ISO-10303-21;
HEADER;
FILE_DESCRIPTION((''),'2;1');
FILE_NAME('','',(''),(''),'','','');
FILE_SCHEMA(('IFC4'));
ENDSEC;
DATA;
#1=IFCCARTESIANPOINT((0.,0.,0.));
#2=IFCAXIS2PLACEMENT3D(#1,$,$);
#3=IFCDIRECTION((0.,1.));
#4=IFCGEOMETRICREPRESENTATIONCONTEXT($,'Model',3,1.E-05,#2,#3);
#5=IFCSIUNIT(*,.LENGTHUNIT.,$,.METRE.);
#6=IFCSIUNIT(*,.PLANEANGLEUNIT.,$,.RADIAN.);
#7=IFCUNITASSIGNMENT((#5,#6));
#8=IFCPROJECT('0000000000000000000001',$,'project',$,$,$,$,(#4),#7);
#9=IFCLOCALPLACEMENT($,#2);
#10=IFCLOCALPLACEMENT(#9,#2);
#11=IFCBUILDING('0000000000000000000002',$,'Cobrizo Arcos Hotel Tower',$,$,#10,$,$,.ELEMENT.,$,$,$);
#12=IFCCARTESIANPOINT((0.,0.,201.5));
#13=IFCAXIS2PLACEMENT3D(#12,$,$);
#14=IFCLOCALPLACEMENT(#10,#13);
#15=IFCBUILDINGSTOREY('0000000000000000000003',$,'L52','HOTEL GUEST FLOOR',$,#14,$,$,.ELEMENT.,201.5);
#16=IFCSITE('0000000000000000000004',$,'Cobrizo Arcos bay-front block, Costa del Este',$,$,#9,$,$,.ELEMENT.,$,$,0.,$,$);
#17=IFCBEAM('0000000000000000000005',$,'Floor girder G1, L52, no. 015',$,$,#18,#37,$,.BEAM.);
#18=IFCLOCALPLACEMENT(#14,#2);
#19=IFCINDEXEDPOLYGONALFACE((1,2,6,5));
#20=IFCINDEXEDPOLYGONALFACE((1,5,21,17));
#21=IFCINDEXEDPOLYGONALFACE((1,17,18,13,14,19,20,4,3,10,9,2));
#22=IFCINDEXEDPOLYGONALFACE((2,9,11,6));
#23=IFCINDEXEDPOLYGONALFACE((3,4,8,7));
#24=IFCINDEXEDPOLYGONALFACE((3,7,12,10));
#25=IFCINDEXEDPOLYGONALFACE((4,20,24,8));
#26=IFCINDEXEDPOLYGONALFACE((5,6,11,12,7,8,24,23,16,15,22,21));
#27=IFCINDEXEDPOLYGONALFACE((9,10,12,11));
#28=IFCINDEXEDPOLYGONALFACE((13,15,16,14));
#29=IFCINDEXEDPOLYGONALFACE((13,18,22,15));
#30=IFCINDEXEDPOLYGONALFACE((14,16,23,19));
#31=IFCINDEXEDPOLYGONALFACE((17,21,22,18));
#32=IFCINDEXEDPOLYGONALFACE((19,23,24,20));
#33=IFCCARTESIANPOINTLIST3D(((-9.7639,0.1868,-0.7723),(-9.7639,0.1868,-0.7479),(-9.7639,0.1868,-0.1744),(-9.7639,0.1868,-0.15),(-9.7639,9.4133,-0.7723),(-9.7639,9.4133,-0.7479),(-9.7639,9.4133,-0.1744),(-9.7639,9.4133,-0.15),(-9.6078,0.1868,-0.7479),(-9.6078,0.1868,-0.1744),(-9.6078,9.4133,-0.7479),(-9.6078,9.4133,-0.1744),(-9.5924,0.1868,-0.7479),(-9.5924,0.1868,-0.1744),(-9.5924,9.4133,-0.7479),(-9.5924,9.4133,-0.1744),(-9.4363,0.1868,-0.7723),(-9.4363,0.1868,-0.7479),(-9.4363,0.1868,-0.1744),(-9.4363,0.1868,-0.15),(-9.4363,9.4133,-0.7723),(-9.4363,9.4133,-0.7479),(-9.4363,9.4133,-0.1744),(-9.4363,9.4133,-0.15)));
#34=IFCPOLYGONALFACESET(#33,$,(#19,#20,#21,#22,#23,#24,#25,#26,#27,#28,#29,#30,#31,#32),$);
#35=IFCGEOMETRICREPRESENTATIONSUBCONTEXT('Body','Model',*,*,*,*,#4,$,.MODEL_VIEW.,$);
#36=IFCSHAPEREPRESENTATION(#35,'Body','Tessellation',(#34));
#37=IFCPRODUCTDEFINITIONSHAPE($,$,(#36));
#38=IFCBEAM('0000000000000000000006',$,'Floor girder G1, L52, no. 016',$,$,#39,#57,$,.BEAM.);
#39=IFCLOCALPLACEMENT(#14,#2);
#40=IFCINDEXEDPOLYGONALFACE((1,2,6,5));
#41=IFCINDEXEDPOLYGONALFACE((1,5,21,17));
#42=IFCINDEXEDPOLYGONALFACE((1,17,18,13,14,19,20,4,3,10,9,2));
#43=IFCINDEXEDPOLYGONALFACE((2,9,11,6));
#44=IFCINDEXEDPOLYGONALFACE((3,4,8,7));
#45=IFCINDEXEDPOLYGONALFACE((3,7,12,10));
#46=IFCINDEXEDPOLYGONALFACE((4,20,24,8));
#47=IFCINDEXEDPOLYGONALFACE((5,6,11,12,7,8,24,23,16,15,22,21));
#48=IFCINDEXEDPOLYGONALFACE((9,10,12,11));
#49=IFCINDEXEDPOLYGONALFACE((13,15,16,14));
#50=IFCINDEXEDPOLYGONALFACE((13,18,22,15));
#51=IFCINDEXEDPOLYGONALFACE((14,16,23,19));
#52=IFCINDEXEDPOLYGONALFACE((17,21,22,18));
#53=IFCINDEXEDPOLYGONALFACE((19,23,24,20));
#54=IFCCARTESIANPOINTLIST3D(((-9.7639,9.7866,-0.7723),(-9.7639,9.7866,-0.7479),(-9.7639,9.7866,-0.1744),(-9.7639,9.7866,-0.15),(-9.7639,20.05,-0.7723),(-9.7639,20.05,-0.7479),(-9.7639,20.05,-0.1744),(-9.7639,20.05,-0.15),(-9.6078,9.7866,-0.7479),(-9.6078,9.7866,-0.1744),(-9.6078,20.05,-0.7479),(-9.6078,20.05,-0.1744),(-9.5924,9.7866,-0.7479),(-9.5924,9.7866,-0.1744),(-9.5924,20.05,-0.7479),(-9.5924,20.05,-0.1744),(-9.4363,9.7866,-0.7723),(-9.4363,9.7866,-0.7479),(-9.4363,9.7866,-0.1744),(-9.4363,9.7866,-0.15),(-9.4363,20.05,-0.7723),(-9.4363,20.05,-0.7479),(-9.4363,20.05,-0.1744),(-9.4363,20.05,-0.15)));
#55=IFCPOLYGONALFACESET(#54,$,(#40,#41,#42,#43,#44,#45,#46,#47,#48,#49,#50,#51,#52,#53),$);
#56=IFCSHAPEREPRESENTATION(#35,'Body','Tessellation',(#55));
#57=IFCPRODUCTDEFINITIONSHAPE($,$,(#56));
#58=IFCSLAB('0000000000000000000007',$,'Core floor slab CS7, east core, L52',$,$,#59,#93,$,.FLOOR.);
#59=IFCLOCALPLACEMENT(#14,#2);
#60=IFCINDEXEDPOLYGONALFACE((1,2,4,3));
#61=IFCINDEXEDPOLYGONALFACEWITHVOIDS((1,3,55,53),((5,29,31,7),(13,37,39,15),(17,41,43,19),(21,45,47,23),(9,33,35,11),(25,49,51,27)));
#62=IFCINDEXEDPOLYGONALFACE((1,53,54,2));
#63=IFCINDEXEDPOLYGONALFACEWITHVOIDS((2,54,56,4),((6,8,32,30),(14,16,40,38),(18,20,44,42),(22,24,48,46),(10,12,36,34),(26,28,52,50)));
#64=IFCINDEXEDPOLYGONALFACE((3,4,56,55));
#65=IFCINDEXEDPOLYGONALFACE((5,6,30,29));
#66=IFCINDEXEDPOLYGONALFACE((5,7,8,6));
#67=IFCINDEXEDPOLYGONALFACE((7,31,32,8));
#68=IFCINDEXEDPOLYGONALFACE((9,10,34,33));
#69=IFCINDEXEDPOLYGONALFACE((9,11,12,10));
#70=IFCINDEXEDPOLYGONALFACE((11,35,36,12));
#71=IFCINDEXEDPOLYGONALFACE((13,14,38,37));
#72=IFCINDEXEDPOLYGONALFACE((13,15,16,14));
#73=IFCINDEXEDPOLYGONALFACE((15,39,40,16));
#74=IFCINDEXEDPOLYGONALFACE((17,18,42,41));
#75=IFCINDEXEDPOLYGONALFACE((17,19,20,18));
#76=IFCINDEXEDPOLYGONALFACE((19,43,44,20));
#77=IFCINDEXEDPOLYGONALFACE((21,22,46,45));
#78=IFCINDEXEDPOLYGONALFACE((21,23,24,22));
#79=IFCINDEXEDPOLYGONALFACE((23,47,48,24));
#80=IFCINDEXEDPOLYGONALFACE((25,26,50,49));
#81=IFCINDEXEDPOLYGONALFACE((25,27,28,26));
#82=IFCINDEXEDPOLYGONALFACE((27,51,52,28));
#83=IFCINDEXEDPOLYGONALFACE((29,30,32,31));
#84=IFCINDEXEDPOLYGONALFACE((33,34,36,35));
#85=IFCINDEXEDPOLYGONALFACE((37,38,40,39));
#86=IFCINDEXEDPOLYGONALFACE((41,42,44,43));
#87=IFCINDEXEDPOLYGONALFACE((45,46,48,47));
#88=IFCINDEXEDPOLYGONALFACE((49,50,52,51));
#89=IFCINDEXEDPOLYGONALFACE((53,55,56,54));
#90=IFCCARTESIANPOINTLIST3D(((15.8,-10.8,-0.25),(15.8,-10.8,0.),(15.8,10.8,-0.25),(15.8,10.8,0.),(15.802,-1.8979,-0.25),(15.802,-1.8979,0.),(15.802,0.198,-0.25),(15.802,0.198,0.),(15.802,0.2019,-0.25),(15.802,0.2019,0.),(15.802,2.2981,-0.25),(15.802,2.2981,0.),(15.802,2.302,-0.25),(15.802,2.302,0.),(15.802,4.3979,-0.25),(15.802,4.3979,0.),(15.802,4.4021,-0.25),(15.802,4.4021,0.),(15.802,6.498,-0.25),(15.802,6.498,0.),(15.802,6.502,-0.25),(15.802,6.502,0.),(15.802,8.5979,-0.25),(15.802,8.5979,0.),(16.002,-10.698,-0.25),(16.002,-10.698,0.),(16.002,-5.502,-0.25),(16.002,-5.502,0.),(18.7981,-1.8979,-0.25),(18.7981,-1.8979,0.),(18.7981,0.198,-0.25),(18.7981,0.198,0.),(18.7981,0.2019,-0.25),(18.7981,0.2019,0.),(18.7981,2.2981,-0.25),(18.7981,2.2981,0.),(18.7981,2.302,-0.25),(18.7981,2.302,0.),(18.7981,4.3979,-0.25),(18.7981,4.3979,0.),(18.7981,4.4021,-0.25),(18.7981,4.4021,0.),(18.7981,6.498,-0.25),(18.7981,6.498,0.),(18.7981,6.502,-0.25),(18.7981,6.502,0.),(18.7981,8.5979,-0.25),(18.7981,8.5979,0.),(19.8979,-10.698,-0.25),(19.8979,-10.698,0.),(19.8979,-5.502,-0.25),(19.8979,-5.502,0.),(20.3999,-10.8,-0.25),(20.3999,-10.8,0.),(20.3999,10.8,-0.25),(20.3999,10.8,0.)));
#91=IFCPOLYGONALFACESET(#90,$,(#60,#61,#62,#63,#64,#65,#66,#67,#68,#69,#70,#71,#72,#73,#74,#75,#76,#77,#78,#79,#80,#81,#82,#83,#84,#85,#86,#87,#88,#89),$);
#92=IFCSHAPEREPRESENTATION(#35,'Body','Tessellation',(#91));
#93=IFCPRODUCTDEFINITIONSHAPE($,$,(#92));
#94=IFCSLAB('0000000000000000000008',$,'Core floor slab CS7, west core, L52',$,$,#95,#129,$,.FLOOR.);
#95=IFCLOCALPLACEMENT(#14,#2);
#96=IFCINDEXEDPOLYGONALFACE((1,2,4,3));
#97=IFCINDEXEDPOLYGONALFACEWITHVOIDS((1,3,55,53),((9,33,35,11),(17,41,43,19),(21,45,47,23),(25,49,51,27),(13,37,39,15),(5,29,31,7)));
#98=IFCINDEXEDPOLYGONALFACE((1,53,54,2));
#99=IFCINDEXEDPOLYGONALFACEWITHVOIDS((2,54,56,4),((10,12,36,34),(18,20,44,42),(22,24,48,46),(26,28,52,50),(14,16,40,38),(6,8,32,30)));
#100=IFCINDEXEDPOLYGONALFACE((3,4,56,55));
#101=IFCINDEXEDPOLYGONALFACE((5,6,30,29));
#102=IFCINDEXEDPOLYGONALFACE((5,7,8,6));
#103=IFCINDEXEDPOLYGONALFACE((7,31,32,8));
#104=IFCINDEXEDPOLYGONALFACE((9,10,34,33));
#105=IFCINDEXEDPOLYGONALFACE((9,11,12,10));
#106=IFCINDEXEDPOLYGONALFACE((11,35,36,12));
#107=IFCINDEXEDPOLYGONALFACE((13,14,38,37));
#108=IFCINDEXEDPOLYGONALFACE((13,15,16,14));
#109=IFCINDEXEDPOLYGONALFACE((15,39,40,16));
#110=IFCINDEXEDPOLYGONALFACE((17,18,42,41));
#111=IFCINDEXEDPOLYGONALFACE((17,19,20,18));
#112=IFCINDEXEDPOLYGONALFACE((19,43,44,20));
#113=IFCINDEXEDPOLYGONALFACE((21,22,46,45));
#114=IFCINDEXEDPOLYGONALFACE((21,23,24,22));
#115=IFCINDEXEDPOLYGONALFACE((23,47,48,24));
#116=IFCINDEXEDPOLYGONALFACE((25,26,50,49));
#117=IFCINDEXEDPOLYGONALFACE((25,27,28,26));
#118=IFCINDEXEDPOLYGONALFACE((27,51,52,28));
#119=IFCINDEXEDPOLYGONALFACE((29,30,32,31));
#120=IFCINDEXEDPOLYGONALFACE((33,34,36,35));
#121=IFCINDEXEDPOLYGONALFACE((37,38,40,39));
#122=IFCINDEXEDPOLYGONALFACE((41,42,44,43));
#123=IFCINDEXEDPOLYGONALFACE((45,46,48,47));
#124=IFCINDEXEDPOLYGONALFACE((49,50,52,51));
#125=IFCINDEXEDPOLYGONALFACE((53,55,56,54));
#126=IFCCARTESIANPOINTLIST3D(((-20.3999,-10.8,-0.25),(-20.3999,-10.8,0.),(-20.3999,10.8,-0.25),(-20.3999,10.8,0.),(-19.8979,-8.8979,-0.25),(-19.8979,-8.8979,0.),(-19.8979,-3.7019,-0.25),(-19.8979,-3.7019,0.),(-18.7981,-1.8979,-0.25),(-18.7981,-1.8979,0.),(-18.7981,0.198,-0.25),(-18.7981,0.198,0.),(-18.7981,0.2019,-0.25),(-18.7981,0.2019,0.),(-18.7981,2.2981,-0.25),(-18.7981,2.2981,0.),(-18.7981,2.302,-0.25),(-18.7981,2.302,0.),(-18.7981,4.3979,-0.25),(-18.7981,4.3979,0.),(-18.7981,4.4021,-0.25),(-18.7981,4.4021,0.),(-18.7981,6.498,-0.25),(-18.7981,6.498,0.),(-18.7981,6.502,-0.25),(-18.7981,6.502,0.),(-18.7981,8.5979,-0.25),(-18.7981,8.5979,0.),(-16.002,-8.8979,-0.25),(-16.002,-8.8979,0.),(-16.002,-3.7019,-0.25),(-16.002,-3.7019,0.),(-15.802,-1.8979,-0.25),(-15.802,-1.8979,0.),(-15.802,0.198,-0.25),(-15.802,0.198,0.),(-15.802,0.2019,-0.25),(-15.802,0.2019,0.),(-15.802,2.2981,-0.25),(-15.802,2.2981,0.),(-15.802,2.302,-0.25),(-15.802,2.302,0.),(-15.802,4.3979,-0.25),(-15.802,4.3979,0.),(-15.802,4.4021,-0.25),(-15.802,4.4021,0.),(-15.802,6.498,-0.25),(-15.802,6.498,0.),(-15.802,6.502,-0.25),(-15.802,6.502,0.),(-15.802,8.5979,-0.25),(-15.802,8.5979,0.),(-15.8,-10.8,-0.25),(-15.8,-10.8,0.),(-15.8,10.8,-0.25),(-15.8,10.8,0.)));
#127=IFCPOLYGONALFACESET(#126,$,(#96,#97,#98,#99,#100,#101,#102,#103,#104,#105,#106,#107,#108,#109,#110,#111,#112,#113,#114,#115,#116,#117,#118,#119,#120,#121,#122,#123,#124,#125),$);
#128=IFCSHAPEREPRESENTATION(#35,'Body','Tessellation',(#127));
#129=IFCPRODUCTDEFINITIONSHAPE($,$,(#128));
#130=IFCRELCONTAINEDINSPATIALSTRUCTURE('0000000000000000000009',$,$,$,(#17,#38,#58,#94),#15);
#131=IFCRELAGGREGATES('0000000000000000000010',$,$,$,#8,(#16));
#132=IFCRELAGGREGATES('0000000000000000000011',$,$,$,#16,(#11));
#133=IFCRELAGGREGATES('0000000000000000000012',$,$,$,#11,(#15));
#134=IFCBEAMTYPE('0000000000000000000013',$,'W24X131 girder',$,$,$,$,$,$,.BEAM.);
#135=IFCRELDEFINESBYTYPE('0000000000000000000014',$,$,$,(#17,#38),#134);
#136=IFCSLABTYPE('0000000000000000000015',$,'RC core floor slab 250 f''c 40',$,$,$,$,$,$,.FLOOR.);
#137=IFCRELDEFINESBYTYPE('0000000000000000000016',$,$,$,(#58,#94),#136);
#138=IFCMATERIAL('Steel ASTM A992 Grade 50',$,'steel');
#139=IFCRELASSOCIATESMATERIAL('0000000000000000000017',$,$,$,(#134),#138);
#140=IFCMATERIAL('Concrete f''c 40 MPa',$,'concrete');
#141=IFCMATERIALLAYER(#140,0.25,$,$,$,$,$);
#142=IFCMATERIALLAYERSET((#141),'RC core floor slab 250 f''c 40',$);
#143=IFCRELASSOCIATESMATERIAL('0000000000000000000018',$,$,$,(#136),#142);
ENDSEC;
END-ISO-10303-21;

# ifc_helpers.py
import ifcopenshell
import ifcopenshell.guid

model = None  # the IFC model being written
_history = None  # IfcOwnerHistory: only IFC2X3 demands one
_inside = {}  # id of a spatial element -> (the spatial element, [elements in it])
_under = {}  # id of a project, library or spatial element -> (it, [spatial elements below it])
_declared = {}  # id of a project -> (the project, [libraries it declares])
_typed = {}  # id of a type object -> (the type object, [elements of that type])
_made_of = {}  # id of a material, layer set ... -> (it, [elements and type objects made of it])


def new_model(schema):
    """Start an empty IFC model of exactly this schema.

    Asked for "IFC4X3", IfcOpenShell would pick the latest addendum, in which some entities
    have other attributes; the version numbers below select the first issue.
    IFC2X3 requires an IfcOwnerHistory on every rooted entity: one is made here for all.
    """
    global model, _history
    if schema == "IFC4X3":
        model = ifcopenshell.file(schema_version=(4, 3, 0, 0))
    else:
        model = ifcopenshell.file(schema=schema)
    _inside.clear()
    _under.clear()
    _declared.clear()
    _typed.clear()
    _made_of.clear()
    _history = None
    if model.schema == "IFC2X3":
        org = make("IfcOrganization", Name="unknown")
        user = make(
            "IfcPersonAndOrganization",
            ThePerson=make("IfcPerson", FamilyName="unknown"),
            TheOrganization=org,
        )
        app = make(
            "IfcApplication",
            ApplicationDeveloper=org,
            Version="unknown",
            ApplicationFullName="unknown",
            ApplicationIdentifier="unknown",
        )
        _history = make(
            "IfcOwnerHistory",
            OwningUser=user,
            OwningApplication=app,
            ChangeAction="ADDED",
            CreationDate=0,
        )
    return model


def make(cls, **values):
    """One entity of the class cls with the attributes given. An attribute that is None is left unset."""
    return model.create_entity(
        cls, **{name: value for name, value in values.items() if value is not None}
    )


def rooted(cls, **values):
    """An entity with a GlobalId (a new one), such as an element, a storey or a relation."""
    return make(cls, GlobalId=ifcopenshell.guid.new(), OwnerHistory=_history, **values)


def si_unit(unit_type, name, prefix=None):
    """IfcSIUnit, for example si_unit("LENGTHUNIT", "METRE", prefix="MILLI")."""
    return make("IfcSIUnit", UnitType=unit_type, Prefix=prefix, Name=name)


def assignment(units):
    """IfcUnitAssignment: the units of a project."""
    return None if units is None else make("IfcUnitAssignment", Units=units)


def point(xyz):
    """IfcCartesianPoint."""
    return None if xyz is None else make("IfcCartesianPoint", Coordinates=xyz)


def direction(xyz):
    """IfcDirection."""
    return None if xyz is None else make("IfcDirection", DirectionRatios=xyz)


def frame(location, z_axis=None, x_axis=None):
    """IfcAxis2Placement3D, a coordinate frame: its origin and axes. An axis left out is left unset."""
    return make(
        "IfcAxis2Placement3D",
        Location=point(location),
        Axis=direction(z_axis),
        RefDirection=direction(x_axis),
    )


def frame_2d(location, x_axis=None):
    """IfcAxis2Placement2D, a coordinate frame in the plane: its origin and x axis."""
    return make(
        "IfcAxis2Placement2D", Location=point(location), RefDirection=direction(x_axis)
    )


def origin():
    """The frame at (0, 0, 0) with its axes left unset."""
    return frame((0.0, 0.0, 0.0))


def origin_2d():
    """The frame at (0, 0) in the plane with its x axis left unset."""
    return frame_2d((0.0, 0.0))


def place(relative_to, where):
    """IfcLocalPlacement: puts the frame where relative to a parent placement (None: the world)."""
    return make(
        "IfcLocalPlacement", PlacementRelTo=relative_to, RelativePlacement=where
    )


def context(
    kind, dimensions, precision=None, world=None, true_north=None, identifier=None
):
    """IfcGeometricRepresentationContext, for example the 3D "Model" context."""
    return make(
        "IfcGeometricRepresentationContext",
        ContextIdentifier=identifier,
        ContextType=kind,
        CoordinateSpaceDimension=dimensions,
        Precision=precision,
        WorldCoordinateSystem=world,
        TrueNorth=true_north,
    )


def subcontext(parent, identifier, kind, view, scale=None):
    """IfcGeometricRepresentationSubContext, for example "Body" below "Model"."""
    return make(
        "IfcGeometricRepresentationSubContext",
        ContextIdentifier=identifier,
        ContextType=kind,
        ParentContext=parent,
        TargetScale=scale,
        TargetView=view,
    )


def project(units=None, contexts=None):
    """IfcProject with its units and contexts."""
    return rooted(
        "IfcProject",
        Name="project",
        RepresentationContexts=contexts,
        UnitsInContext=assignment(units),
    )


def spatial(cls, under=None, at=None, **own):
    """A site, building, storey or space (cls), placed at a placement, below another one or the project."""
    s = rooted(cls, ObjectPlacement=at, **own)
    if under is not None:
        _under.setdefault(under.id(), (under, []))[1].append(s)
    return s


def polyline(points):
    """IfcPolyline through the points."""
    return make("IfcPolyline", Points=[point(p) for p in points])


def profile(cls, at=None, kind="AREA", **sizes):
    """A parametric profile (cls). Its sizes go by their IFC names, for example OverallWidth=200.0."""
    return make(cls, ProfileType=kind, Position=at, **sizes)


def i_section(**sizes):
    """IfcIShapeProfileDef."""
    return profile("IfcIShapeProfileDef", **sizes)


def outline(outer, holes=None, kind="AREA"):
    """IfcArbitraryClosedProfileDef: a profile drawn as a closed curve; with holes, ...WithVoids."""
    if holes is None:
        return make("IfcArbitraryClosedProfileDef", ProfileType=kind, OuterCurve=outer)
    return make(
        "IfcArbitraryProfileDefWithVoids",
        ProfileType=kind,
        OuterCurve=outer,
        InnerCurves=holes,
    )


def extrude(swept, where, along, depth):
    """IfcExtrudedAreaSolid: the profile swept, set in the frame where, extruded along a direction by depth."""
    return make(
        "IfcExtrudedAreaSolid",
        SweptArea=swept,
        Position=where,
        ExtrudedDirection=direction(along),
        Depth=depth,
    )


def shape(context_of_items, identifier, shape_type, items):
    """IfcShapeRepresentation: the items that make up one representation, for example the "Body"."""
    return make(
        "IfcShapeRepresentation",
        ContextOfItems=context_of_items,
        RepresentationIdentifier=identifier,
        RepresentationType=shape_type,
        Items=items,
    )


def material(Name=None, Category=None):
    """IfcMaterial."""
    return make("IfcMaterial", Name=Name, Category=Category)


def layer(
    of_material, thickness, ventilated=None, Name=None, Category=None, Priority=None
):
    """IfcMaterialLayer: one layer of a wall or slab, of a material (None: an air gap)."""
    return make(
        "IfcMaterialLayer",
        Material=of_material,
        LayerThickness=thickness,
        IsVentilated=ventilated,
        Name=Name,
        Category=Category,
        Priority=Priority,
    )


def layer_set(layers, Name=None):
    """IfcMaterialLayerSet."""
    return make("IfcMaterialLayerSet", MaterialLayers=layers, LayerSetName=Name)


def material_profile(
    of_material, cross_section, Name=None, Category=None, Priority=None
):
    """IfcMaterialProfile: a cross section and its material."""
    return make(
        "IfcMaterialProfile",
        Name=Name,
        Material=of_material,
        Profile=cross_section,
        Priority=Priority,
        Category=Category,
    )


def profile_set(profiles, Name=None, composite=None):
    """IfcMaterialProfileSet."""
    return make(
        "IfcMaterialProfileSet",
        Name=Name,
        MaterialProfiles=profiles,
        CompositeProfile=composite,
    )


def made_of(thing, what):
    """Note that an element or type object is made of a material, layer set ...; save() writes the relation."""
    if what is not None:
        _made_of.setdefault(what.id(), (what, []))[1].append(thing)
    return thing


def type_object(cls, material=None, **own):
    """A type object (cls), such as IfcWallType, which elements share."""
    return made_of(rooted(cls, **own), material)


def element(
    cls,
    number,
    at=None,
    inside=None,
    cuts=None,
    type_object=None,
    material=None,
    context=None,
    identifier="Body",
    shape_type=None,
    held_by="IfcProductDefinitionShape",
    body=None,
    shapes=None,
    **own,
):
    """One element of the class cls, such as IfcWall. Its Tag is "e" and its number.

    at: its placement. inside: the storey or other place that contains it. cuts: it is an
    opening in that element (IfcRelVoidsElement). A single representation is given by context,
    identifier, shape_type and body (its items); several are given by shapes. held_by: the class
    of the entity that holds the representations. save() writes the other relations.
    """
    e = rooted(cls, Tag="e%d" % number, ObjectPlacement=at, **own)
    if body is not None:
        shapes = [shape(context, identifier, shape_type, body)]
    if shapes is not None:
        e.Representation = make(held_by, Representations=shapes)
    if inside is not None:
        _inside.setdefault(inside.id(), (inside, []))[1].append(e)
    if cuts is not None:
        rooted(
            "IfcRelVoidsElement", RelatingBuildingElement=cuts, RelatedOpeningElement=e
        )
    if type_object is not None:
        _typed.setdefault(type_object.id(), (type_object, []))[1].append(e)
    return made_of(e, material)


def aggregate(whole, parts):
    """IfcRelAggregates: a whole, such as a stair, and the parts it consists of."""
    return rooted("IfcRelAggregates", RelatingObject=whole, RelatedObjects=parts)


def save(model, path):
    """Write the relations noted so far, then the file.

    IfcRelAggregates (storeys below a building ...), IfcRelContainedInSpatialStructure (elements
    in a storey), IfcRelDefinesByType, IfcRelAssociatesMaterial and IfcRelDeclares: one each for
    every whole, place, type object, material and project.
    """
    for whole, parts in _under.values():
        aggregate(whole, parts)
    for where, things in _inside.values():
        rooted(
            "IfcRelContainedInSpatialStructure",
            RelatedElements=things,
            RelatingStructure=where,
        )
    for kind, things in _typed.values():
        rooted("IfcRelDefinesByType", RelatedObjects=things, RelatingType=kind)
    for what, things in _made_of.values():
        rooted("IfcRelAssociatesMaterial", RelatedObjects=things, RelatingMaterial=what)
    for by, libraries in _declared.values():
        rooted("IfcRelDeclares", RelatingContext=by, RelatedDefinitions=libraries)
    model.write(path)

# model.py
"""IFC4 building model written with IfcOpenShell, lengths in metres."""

from ifc_helpers import new_model, si_unit, direction, frame, origin, origin_2d, place, context, subcontext, project, spatial, polyline, i_section, outline, extrude, material, layer, layer_set, material_profile, profile_set, type_object, element, save


model = new_model("IFC4")

# Units and contexts
model_context = context("Model", 3, precision=1e-05, world=origin(), true_north=direction((0.0, 1.0)))
body_context = subcontext(model_context, "Body", "Model", "MODEL_VIEW")
ifc_project = project(units=[si_unit("LENGTHUNIT", "METRE"), si_unit("PLANEANGLEUNIT", "RADIAN")], contexts=[model_context])

# Site, building, storey
site_placement = place(None, origin())
site = spatial("IfcSite", under=ifc_project, at=site_placement, Name="Cobrizo Arcos bay-front block, Costa del Este", CompositionType="ELEMENT", RefElevation=0.0)
building_placement = place(site_placement, origin())
building = spatial("IfcBuilding", under=site, at=building_placement, Name="Cobrizo Arcos Hotel Tower", CompositionType="ELEMENT")
storey_placement = place(building_placement, frame((0.0, 0.0, 201.5)))
storey = spatial("IfcBuildingStorey", under=building, at=storey_placement, Name="L52", Description="HOTEL GUEST FLOOR", CompositionType="ELEMENT", Elevation=201.5)

# Shared definitions
ifc_material_1 = material(Name="Steel ASTM A992 Grade 50", Category="steel")

# Beams
ifc_material_profile_1 = material_profile(ifc_material_1, i_section(OverallWidth=0.3276, OverallDepth=0.6223, WebThickness=0.0154, FlangeThickness=0.0244, at=origin_2d()), Name="W24X131")
ifc_profile_set_1 = profile_set([ifc_material_profile_1], Name="Steel ASTM A992 Grade 50")
beam_type_1 = type_object("IfcBeamType", Name="W24X131 girder", PredefinedType="BEAM", material=ifc_profile_set_1)
for number, where, z_axis, x_axis, name in (
    (1, (-9.6001, 0.1868, -0.4612), (0.0, 1.0, 0.0), (-1.0, 0.0, 0.0), "Floor girder G1, L52, no. 015"),
):
    element("IfcBeam", number, at=place(storey_placement, frame(where, z_axis=z_axis, x_axis=x_axis)), inside=storey, type_object=beam_type_1, Name=name, PredefinedType="BEAM", context=body_context, shape_type="SweptSolid", body=[
        extrude(i_section(OverallWidth=0.3276, OverallDepth=0.6223, WebThickness=0.0154, FlangeThickness=0.0244, at=origin_2d()), origin(), (0.0, 0.0, 1.0), 9.2266),
    ])
beam_1_placement = place(storey_placement, frame((-9.6001, 9.7866, -0.4612), z_axis=(0.0, 1.0, 0.0), x_axis=(-1.0, 0.0, 0.0)))
element("IfcBeam", 2, at=beam_1_placement, inside=storey, type_object=beam_type_1, Name="Floor girder G1, L52, no. 016", PredefinedType="BEAM", context=body_context, shape_type="SweptSolid", body=[
    extrude(i_section(OverallWidth=0.3276, OverallDepth=0.6223, WebThickness=0.0154, FlangeThickness=0.0244, at=origin_2d()), origin(), (0.0, 0.0, 1.0), 10.2634),
])

# Slabs
ifc_material_2 = material(Name="Concrete f'c 40 MPa", Category="concrete")
ifc_layer_1 = layer(ifc_material_2, 0.25)
ifc_layer_set_1 = layer_set([ifc_layer_1], Name="RC core floor slab 250 f'c 40")
slab_type_1 = type_object("IfcSlabType", Name="RC core floor slab 250 f'c 40", PredefinedType="FLOOR", material=ifc_layer_set_1)
slab_1_placement = place(storey_placement, frame((0.0, 0.0, -0.25)))
element("IfcSlab", 3, at=slab_1_placement, inside=storey, type_object=slab_type_1, Name="Core floor slab CS7, east core, L52", PredefinedType="FLOOR", context=body_context, shape_type="SweptSolid", body=[
    extrude(outline(polyline([(15.8, 10.8), (20.3999, 10.8), (20.3999, -10.8), (15.8, -10.8), (15.8, 10.8)]), holes=[polyline([(19.8979, -10.698), (19.8979, -5.502), (16.002, -5.502), (16.002, -10.698), (19.8979, -10.698)]), polyline([(15.802, 0.198), (15.802, -1.8979), (18.7981, -1.8979), (18.7981, 0.198), (15.802, 0.198)]), polyline([(15.802, 2.2981), (15.802, 0.2019), (18.7981, 0.2019), (18.7981, 2.2981), (15.802, 2.2981)]), polyline([(15.802, 4.3979), (15.802, 2.302), (18.7981, 2.302), (18.7981, 4.3979), (15.802, 4.3979)]), polyline([(18.7981, 6.498), (15.802, 6.498), (15.802, 4.4021), (18.7981, 4.4021), (18.7981, 6.498)]), polyline([(18.7981, 8.5979), (15.802, 8.5979), (15.802, 6.502), (18.7981, 6.502), (18.7981, 8.5979)])]), origin(), (0.0, 0.0, 1.0), 0.25),
])
slab_2_placement = place(storey_placement, frame((0.0, 0.0, -0.25)))
element("IfcSlab", 4, at=slab_2_placement, inside=storey, type_object=slab_type_1, Name="Core floor slab CS7, west core, L52", PredefinedType="FLOOR", context=body_context, shape_type="SweptSolid", body=[
    extrude(outline(polyline([(-20.3999, 10.8), (-15.8, 10.8), (-15.8, -10.8), (-20.3999, -10.8), (-20.3999, 10.8)]), holes=[polyline([(-19.8979, -3.7019), (-19.8979, -8.8979), (-16.002, -8.8979), (-16.002, -3.7019), (-19.8979, -3.7019)]), polyline([(-18.7981, 0.198), (-18.7981, -1.8979), (-15.802, -1.8979), (-15.802, 0.198), (-18.7981, 0.198)]), polyline([(-18.7981, 2.2981), (-18.7981, 0.2019), (-15.802, 0.2019), (-15.802, 2.2981), (-18.7981, 2.2981)]), polyline([(-18.7981, 4.3979), (-18.7981, 2.302), (-15.802, 2.302), (-15.802, 4.3979), (-18.7981, 4.3979)]), polyline([(-15.802, 6.498), (-18.7981, 6.498), (-18.7981, 4.4021), (-15.802, 4.4021), (-15.802, 6.498)]), polyline([(-15.802, 8.5979), (-18.7981, 8.5979), (-18.7981, 6.502), (-15.802, 6.502), (-15.802, 8.5979)])]), origin(), (0.0, 0.0, 1.0), 0.25),
])

save(model, "model.ifc")
